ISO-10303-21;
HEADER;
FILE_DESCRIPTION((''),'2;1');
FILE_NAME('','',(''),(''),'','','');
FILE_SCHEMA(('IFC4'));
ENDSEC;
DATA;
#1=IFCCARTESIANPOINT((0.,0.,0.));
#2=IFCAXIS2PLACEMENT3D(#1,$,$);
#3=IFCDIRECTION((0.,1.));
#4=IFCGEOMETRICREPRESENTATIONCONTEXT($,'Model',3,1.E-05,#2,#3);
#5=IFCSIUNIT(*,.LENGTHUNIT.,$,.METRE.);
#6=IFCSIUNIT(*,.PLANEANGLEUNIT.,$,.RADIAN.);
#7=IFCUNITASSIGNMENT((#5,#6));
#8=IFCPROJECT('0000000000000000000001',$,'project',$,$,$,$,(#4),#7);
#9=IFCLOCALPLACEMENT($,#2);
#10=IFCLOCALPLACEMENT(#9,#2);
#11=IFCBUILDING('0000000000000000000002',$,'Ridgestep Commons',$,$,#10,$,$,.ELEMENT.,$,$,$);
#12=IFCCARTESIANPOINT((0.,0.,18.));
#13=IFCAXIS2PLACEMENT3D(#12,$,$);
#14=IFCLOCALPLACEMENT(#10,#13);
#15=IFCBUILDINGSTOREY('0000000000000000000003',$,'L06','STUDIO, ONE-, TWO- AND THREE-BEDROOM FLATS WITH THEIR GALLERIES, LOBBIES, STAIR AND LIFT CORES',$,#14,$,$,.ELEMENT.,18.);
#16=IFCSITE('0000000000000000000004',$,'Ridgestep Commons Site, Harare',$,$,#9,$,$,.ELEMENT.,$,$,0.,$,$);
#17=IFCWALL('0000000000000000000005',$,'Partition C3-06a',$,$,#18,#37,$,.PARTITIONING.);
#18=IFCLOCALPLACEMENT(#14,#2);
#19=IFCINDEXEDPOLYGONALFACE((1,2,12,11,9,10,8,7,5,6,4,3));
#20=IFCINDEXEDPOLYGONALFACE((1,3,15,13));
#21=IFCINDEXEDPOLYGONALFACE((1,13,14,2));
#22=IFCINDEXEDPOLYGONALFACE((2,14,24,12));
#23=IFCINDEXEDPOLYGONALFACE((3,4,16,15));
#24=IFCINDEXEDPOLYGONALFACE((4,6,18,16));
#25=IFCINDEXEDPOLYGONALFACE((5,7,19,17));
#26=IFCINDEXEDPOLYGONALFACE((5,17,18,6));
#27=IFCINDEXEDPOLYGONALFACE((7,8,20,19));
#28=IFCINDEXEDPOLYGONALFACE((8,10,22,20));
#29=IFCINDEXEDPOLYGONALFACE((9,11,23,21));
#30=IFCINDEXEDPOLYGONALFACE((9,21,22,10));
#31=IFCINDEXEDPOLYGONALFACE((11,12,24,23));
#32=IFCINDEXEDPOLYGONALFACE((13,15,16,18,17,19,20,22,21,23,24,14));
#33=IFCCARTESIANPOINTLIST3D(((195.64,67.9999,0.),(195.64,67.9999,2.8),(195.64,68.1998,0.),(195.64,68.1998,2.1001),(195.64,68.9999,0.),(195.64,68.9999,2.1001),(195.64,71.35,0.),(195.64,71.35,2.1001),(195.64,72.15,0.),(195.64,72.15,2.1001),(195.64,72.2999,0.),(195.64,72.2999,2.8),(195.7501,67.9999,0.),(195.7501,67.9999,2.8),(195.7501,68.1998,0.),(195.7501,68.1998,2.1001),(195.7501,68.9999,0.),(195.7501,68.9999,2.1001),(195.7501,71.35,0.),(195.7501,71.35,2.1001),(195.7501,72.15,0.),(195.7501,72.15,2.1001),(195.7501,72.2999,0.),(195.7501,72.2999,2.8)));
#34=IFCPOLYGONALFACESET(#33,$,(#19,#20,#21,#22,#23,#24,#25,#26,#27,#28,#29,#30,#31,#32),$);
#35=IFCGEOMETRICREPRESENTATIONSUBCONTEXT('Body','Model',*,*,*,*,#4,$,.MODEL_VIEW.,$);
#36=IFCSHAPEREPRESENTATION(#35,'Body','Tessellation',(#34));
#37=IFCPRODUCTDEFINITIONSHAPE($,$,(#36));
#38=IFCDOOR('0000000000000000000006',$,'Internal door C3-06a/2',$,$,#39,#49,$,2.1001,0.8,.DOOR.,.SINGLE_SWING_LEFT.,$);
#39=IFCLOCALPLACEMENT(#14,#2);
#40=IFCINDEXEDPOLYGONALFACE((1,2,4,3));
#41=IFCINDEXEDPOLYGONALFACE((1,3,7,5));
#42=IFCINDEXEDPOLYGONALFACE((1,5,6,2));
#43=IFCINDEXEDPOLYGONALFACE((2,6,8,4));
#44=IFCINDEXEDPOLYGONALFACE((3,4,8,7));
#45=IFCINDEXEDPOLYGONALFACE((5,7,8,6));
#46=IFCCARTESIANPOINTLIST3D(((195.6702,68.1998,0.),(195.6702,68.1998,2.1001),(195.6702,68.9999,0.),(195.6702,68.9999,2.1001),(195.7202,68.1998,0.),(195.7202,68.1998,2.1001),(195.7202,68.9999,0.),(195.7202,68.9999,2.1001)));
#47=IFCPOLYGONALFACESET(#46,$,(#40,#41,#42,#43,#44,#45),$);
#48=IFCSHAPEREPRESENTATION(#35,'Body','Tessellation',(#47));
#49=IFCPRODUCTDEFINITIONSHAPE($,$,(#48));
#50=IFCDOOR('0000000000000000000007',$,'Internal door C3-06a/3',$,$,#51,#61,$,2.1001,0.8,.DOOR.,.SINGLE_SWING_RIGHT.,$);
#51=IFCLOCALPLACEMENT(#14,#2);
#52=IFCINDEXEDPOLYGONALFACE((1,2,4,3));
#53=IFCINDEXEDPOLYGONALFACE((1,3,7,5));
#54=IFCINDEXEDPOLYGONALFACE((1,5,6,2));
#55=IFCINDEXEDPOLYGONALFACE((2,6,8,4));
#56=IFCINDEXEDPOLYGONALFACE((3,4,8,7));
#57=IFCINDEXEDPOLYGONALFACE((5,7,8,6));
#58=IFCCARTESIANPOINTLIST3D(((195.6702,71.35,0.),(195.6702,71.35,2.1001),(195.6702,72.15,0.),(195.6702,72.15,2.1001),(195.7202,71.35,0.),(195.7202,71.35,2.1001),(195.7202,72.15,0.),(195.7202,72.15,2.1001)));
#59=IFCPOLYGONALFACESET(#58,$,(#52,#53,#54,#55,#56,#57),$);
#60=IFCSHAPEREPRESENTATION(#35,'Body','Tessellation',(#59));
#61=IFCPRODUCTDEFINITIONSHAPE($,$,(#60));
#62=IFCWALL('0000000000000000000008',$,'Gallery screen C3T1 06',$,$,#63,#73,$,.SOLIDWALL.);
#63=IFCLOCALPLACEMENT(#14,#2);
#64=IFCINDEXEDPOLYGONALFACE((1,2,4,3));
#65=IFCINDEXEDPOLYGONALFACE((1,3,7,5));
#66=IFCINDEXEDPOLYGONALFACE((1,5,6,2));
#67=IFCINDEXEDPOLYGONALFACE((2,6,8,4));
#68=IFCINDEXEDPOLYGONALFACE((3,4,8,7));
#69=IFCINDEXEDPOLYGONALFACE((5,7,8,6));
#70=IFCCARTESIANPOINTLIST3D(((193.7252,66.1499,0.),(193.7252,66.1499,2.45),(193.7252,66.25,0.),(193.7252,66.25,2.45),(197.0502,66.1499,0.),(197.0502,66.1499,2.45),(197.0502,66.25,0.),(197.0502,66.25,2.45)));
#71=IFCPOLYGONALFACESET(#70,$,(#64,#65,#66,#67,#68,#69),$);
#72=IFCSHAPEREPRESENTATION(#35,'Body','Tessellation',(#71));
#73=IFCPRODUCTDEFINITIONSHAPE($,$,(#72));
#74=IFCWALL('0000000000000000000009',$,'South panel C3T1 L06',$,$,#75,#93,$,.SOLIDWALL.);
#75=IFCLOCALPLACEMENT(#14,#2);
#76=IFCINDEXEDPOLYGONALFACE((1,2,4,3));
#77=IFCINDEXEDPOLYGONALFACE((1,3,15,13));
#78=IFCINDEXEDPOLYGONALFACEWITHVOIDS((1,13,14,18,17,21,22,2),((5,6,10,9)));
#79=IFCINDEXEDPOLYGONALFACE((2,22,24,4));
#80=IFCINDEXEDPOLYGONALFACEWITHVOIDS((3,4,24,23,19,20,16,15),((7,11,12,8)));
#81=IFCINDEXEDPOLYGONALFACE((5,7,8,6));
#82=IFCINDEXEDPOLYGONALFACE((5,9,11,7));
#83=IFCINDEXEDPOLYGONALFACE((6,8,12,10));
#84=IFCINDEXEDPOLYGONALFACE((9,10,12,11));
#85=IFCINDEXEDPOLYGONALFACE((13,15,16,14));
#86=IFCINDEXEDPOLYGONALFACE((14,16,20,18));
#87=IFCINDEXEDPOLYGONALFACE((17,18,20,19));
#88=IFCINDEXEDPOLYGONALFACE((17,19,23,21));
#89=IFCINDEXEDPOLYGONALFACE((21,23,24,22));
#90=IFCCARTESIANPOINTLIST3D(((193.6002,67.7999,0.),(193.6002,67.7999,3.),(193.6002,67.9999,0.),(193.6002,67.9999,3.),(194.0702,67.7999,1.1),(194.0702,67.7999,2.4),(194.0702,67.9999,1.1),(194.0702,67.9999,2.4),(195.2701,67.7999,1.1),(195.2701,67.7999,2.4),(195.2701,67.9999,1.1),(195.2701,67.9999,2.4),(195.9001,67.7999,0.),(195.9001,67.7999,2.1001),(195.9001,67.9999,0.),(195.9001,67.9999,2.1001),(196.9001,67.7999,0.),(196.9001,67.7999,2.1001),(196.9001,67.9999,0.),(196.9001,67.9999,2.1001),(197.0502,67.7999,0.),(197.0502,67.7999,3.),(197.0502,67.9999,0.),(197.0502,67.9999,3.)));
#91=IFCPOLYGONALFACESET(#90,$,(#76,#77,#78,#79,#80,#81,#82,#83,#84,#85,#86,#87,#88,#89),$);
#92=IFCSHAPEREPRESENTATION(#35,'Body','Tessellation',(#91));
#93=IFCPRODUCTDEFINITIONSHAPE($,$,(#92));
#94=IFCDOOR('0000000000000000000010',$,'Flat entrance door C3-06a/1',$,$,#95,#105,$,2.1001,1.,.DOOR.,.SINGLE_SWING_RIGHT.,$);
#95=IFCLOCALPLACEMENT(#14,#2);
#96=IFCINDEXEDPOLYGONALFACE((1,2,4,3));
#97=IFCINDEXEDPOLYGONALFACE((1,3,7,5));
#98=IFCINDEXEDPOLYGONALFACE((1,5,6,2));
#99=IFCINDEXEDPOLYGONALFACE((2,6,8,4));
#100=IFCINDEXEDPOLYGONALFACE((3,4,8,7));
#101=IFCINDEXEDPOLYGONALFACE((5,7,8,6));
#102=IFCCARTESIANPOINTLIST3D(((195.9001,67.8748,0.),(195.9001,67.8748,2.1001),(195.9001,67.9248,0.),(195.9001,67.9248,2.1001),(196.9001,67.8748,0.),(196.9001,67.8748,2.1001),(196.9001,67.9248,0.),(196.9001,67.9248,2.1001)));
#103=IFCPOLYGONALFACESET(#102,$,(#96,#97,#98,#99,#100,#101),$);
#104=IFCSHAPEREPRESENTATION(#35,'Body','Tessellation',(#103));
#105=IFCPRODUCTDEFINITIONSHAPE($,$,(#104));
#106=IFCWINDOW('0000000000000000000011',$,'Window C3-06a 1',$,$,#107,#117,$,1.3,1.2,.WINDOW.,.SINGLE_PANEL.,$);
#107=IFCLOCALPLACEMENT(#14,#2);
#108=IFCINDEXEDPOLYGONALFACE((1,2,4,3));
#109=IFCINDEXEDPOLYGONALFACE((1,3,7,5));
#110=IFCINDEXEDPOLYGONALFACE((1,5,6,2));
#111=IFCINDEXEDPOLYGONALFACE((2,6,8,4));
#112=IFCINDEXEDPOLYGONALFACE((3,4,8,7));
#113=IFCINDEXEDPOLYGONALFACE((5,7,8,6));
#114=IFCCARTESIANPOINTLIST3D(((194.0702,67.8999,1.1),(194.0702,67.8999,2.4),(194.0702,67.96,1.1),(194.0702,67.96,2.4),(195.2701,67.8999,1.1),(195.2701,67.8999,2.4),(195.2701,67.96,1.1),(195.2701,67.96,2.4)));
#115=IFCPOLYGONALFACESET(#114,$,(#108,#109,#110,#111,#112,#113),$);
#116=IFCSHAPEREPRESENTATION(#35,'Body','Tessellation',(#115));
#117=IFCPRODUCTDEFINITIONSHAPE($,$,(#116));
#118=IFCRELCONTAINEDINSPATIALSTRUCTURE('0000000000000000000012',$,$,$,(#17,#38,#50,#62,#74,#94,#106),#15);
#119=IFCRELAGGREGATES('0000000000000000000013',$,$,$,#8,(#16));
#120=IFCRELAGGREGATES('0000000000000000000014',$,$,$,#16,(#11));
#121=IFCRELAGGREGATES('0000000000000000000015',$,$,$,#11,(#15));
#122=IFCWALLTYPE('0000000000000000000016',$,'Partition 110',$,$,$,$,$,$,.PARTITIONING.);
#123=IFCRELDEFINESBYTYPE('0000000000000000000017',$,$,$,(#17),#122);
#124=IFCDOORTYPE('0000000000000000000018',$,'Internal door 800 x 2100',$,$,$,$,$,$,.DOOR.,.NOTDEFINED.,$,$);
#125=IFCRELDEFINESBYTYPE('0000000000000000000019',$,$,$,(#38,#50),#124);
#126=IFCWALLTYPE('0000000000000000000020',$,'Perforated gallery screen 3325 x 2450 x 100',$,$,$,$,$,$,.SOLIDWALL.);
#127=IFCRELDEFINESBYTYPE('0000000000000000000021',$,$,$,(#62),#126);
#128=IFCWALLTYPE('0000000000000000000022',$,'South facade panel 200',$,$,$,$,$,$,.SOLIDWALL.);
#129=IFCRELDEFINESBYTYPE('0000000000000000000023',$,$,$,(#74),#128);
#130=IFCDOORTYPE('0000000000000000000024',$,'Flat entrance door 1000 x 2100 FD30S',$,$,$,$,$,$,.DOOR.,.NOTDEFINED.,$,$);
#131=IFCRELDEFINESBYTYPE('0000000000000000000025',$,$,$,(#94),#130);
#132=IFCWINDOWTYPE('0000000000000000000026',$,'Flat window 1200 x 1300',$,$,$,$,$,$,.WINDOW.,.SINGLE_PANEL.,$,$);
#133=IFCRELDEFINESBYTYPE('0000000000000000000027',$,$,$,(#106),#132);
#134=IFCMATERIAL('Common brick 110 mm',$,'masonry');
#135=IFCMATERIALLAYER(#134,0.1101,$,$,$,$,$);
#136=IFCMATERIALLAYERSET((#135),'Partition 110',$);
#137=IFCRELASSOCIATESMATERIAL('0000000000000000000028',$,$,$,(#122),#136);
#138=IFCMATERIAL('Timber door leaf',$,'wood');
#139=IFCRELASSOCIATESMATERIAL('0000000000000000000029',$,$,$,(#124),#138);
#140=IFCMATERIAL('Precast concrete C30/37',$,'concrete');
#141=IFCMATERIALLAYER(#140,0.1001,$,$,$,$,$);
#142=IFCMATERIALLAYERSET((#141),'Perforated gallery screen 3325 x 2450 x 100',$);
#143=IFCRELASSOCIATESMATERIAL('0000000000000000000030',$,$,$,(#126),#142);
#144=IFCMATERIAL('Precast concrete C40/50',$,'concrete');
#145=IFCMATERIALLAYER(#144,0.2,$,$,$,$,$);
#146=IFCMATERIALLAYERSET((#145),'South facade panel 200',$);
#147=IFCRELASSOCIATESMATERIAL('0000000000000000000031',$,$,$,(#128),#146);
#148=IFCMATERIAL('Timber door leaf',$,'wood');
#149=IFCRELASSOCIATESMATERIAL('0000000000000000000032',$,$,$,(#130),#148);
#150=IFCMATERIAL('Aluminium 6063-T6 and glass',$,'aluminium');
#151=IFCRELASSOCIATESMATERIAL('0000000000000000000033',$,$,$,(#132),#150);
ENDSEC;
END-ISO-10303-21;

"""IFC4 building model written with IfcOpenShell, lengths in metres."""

from ifc_helpers import new_model, si_unit, direction, frame, frame_2d, origin, place, context, subcontext, project, spatial, rectangle, extrude, material, layer, layer_set, type_object, element, fill, save


model = new_model("IFC4")

# Units and contexts
model_context = context("Model", 3, precision=1e-05, world=origin(), true_north=direction((0.0, 1.0)))
body_context = subcontext(model_context, "Body", "Model", "MODEL_VIEW")
ifc_project = project(units=[si_unit("LENGTHUNIT", "METRE"), si_unit("PLANEANGLEUNIT", "RADIAN")], contexts=[model_context])

# Site, building, storey
site_placement = place(None, origin())
site = spatial("IfcSite", under=ifc_project, at=site_placement, Name="Ridgestep Commons Site, Harare", CompositionType="ELEMENT", RefElevation=0.0)
building_placement = place(site_placement, origin())
building = spatial("IfcBuilding", under=site, at=building_placement, Name="Ridgestep Commons", CompositionType="ELEMENT")
storey_placement = place(building_placement, frame((0.0, 0.0, 18.0)))
storey = spatial("IfcBuildingStorey", under=building, at=storey_placement, Name="L06", Description="STUDIO, ONE-, TWO- AND THREE-BEDROOM FLATS WITH THEIR GALLERIES, LOBBIES, STAIR AND LIFT CORES", CompositionType="ELEMENT", Elevation=18.0)

# Shared definitions
ifc_material_1 = material(Name="Common brick 110 mm", Category="masonry")
ifc_layer_1 = layer(ifc_material_1, 0.1101)
ifc_layer_set_1 = layer_set([ifc_layer_1], Name="Partition 110")
wall_type_1 = type_object("IfcWallType", Name="Partition 110", PredefinedType="PARTITIONING", material=ifc_layer_set_1)

# Wall, openings, doors
wall_1_placement = place(storey_placement, frame((195.6951, 68.0, 0.0), z_axis=(0.0, 0.0, 1.0), x_axis=(0.0, 1.0, 0.0)))
wall_1 = element("IfcWall", 1, at=wall_1_placement, inside=storey, type_object=wall_type_1, Name="Partition C3-06a", PredefinedType="PARTITIONING", context=body_context, shape_type="SweptSolid", body=[
    extrude(rectangle(XDim=4.3, YDim=0.1101, at=frame_2d((2.1499, 0.0))), origin(), (0.0, 0.0, 1.0), 2.8),
])
opening_1_placement = place(wall_1_placement, frame((0.2, 0.0, 0.0)))
opening_1 = element("IfcOpeningElement", 2, at=opening_1_placement, cuts=wall_1, PredefinedType="OPENING", context=body_context, shape_type="SweptSolid", body=[
    extrude(rectangle(XDim=0.8, YDim=2.1001, at=frame_2d((0.3999, 1.05))), frame((0.0, 0.0649, 0.0), z_axis=(0.0, -1.0, 0.0), x_axis=(1.0, 0.0, 0.0)), (0.0, 0.0, 1.0), 0.1301),
])
opening_2_placement = place(wall_1_placement, frame((3.3501, 0.0, 0.0)))
opening_2 = element("IfcOpeningElement", 3, at=opening_2_placement, cuts=wall_1, PredefinedType="OPENING", context=body_context, shape_type="SweptSolid", body=[
    extrude(rectangle(XDim=0.8, YDim=2.1001, at=frame_2d((0.3999, 1.05))), frame((0.0, 0.0649, 0.0), z_axis=(0.0, -1.0, 0.0), x_axis=(1.0, 0.0, 0.0)), (0.0, 0.0, 1.0), 0.1301),
])
ifc_material_2 = material(Name="Timber door leaf", Category="wood")
door_type_1 = type_object("IfcDoorType", Name="Internal door 800 x 2100", OperationType="NOTDEFINED", PredefinedType="DOOR", material=ifc_material_2)
door_1_placement = place(opening_1_placement, origin())
door_1 = element("IfcDoor", 4, at=door_1_placement, inside=storey, type_object=door_type_1, Name="Internal door C3-06a/2", OperationType="SINGLE_SWING_LEFT", OverallHeight=2.1001, OverallWidth=0.8, PredefinedType="DOOR", context=body_context, shape_type="SweptSolid", body=[
    extrude(rectangle(XDim=0.8, YDim=2.1001, at=frame_2d((0.3999, 1.05))), frame((0.0, 0.0249, 0.0), z_axis=(0.0, -1.0, 0.0), x_axis=(1.0, 0.0, 0.0)), (0.0, 0.0, 1.0), 0.05),
])
fill(opening_1, door_1)
door_2_placement = place(opening_2_placement, origin())
door_2 = element("IfcDoor", 5, at=door_2_placement, inside=storey, type_object=door_type_1, Name="Internal door C3-06a/3", OperationType="SINGLE_SWING_RIGHT", OverallHeight=2.1001, OverallWidth=0.8, PredefinedType="DOOR", context=body_context, shape_type="SweptSolid", body=[
    extrude(rectangle(XDim=0.8, YDim=2.1001, at=frame_2d((0.3999, 1.05))), frame((0.0, 0.0249, 0.0), z_axis=(0.0, -1.0, 0.0), x_axis=(1.0, 0.0, 0.0)), (0.0, 0.0, 1.0), 0.05),
])
fill(opening_2, door_2)

# Wall
ifc_material_3 = material(Name="Precast concrete C30/37", Category="concrete")
ifc_layer_2 = layer(ifc_material_3, 0.1001)
ifc_layer_set_2 = layer_set([ifc_layer_2], Name="Perforated gallery screen 3325 x 2450 x 100")
wall_type_2 = type_object("IfcWallType", Name="Perforated gallery screen 3325 x 2450 x 100", PredefinedType="SOLIDWALL", material=ifc_layer_set_2)
wall_2_placement = place(storey_placement, frame((193.7251, 66.2, 0.0), z_axis=(0.0, 0.0, 1.0), x_axis=(1.0, 0.0, 0.0)))
element("IfcWall", 6, at=wall_2_placement, inside=storey, type_object=wall_type_2, Name="Gallery screen C3T1 06", PredefinedType="SOLIDWALL", context=body_context, shape_type="SweptSolid", body=[
    extrude(rectangle(XDim=3.325, YDim=0.1001, at=frame_2d((1.6626, 0.0))), origin(), (0.0, 0.0, 1.0), 2.45),
])

# Wall, openings, door, window
ifc_material_4 = material(Name="Precast concrete C40/50", Category="concrete")
ifc_layer_3 = layer(ifc_material_4, 0.2)
ifc_layer_set_3 = layer_set([ifc_layer_3], Name="South facade panel 200")
wall_type_3 = type_object("IfcWallType", Name="South facade panel 200", PredefinedType="SOLIDWALL", material=ifc_layer_set_3)
wall_3_placement = place(storey_placement, frame((193.6001, 67.8999, 0.0), z_axis=(0.0, 0.0, 1.0), x_axis=(1.0, 0.0, 0.0)))
wall_3 = element("IfcWall", 7, at=wall_3_placement, inside=storey, type_object=wall_type_3, Name="South panel C3T1 L06", PredefinedType="SOLIDWALL", context=body_context, shape_type="SweptSolid", body=[
    extrude(rectangle(XDim=3.45, YDim=0.2, at=frame_2d((1.7251, 0.0))), origin(), (0.0, 0.0, 1.0), 3.0),
])
opening_3_placement = place(wall_3_placement, frame((0.47, 0.0, 1.1001)))
opening_3 = element("IfcOpeningElement", 8, at=opening_3_placement, cuts=wall_3, PredefinedType="OPENING", context=body_context, shape_type="SweptSolid", body=[
    extrude(rectangle(XDim=1.2, YDim=1.3, at=frame_2d((0.6001, 0.6499))), frame((0.0, 0.1099, 0.0), z_axis=(0.0, -1.0, 0.0), x_axis=(1.0, 0.0, 0.0)), (0.0, 0.0, 1.0), 0.22),
])
opening_4_placement = place(wall_3_placement, frame((2.3, 0.0, 0.0)))
opening_4 = element("IfcOpeningElement", 9, at=opening_4_placement, cuts=wall_3, PredefinedType="OPENING", context=body_context, shape_type="SweptSolid", body=[
    extrude(rectangle(XDim=1.0, YDim=2.1001, at=frame_2d((0.5, 1.05))), frame((0.0, 0.1099, 0.0), z_axis=(0.0, -1.0, 0.0), x_axis=(1.0, 0.0, 0.0)), (0.0, 0.0, 1.0), 0.22),
])
ifc_material_5 = material(Name="Timber door leaf", Category="wood")
door_type_2 = type_object("IfcDoorType", Name="Flat entrance door 1000 x 2100 FD30S", OperationType="NOTDEFINED", PredefinedType="DOOR", material=ifc_material_5)
door_3_placement = place(opening_4_placement, origin())
door_3 = element("IfcDoor", 10, at=door_3_placement, inside=storey, type_object=door_type_2, Name="Flat entrance door C3-06a/1", OperationType="SINGLE_SWING_RIGHT", OverallHeight=2.1001, OverallWidth=1.0, PredefinedType="DOOR", context=body_context, shape_type="SweptSolid", body=[
    extrude(rectangle(XDim=1.0, YDim=2.1001, at=frame_2d((0.5, 1.05))), frame((0.0, 0.0249, 0.0), z_axis=(0.0, -1.0, 0.0), x_axis=(1.0, 0.0, 0.0)), (0.0, 0.0, 1.0), 0.05),
])
fill(opening_4, door_3)
ifc_material_6 = material(Name="Aluminium 6063-T6 and glass", Category="aluminium")
window_type = type_object("IfcWindowType", Name="Flat window 1200 x 1300", PartitioningType="SINGLE_PANEL", PredefinedType="WINDOW", material=ifc_material_6)
window_placement = place(opening_3_placement, origin())
window = element("IfcWindow", 11, at=window_placement, inside=storey, type_object=window_type, Name="Window C3-06a 1", OverallHeight=1.3, OverallWidth=1.2, PartitioningType="SINGLE_PANEL", PredefinedType="WINDOW", context=body_context, shape_type="SweptSolid", body=[
    extrude(rectangle(XDim=1.2, YDim=1.3, at=frame_2d((0.6001, 0.6499))), frame((0.0, 0.0601, 0.0), z_axis=(0.0, -1.0, 0.0), x_axis=(1.0, 0.0, 0.0)), (0.0, 0.0, 1.0), 0.0601),
])
fill(opening_3, window)

save(model, "model.ifc")
